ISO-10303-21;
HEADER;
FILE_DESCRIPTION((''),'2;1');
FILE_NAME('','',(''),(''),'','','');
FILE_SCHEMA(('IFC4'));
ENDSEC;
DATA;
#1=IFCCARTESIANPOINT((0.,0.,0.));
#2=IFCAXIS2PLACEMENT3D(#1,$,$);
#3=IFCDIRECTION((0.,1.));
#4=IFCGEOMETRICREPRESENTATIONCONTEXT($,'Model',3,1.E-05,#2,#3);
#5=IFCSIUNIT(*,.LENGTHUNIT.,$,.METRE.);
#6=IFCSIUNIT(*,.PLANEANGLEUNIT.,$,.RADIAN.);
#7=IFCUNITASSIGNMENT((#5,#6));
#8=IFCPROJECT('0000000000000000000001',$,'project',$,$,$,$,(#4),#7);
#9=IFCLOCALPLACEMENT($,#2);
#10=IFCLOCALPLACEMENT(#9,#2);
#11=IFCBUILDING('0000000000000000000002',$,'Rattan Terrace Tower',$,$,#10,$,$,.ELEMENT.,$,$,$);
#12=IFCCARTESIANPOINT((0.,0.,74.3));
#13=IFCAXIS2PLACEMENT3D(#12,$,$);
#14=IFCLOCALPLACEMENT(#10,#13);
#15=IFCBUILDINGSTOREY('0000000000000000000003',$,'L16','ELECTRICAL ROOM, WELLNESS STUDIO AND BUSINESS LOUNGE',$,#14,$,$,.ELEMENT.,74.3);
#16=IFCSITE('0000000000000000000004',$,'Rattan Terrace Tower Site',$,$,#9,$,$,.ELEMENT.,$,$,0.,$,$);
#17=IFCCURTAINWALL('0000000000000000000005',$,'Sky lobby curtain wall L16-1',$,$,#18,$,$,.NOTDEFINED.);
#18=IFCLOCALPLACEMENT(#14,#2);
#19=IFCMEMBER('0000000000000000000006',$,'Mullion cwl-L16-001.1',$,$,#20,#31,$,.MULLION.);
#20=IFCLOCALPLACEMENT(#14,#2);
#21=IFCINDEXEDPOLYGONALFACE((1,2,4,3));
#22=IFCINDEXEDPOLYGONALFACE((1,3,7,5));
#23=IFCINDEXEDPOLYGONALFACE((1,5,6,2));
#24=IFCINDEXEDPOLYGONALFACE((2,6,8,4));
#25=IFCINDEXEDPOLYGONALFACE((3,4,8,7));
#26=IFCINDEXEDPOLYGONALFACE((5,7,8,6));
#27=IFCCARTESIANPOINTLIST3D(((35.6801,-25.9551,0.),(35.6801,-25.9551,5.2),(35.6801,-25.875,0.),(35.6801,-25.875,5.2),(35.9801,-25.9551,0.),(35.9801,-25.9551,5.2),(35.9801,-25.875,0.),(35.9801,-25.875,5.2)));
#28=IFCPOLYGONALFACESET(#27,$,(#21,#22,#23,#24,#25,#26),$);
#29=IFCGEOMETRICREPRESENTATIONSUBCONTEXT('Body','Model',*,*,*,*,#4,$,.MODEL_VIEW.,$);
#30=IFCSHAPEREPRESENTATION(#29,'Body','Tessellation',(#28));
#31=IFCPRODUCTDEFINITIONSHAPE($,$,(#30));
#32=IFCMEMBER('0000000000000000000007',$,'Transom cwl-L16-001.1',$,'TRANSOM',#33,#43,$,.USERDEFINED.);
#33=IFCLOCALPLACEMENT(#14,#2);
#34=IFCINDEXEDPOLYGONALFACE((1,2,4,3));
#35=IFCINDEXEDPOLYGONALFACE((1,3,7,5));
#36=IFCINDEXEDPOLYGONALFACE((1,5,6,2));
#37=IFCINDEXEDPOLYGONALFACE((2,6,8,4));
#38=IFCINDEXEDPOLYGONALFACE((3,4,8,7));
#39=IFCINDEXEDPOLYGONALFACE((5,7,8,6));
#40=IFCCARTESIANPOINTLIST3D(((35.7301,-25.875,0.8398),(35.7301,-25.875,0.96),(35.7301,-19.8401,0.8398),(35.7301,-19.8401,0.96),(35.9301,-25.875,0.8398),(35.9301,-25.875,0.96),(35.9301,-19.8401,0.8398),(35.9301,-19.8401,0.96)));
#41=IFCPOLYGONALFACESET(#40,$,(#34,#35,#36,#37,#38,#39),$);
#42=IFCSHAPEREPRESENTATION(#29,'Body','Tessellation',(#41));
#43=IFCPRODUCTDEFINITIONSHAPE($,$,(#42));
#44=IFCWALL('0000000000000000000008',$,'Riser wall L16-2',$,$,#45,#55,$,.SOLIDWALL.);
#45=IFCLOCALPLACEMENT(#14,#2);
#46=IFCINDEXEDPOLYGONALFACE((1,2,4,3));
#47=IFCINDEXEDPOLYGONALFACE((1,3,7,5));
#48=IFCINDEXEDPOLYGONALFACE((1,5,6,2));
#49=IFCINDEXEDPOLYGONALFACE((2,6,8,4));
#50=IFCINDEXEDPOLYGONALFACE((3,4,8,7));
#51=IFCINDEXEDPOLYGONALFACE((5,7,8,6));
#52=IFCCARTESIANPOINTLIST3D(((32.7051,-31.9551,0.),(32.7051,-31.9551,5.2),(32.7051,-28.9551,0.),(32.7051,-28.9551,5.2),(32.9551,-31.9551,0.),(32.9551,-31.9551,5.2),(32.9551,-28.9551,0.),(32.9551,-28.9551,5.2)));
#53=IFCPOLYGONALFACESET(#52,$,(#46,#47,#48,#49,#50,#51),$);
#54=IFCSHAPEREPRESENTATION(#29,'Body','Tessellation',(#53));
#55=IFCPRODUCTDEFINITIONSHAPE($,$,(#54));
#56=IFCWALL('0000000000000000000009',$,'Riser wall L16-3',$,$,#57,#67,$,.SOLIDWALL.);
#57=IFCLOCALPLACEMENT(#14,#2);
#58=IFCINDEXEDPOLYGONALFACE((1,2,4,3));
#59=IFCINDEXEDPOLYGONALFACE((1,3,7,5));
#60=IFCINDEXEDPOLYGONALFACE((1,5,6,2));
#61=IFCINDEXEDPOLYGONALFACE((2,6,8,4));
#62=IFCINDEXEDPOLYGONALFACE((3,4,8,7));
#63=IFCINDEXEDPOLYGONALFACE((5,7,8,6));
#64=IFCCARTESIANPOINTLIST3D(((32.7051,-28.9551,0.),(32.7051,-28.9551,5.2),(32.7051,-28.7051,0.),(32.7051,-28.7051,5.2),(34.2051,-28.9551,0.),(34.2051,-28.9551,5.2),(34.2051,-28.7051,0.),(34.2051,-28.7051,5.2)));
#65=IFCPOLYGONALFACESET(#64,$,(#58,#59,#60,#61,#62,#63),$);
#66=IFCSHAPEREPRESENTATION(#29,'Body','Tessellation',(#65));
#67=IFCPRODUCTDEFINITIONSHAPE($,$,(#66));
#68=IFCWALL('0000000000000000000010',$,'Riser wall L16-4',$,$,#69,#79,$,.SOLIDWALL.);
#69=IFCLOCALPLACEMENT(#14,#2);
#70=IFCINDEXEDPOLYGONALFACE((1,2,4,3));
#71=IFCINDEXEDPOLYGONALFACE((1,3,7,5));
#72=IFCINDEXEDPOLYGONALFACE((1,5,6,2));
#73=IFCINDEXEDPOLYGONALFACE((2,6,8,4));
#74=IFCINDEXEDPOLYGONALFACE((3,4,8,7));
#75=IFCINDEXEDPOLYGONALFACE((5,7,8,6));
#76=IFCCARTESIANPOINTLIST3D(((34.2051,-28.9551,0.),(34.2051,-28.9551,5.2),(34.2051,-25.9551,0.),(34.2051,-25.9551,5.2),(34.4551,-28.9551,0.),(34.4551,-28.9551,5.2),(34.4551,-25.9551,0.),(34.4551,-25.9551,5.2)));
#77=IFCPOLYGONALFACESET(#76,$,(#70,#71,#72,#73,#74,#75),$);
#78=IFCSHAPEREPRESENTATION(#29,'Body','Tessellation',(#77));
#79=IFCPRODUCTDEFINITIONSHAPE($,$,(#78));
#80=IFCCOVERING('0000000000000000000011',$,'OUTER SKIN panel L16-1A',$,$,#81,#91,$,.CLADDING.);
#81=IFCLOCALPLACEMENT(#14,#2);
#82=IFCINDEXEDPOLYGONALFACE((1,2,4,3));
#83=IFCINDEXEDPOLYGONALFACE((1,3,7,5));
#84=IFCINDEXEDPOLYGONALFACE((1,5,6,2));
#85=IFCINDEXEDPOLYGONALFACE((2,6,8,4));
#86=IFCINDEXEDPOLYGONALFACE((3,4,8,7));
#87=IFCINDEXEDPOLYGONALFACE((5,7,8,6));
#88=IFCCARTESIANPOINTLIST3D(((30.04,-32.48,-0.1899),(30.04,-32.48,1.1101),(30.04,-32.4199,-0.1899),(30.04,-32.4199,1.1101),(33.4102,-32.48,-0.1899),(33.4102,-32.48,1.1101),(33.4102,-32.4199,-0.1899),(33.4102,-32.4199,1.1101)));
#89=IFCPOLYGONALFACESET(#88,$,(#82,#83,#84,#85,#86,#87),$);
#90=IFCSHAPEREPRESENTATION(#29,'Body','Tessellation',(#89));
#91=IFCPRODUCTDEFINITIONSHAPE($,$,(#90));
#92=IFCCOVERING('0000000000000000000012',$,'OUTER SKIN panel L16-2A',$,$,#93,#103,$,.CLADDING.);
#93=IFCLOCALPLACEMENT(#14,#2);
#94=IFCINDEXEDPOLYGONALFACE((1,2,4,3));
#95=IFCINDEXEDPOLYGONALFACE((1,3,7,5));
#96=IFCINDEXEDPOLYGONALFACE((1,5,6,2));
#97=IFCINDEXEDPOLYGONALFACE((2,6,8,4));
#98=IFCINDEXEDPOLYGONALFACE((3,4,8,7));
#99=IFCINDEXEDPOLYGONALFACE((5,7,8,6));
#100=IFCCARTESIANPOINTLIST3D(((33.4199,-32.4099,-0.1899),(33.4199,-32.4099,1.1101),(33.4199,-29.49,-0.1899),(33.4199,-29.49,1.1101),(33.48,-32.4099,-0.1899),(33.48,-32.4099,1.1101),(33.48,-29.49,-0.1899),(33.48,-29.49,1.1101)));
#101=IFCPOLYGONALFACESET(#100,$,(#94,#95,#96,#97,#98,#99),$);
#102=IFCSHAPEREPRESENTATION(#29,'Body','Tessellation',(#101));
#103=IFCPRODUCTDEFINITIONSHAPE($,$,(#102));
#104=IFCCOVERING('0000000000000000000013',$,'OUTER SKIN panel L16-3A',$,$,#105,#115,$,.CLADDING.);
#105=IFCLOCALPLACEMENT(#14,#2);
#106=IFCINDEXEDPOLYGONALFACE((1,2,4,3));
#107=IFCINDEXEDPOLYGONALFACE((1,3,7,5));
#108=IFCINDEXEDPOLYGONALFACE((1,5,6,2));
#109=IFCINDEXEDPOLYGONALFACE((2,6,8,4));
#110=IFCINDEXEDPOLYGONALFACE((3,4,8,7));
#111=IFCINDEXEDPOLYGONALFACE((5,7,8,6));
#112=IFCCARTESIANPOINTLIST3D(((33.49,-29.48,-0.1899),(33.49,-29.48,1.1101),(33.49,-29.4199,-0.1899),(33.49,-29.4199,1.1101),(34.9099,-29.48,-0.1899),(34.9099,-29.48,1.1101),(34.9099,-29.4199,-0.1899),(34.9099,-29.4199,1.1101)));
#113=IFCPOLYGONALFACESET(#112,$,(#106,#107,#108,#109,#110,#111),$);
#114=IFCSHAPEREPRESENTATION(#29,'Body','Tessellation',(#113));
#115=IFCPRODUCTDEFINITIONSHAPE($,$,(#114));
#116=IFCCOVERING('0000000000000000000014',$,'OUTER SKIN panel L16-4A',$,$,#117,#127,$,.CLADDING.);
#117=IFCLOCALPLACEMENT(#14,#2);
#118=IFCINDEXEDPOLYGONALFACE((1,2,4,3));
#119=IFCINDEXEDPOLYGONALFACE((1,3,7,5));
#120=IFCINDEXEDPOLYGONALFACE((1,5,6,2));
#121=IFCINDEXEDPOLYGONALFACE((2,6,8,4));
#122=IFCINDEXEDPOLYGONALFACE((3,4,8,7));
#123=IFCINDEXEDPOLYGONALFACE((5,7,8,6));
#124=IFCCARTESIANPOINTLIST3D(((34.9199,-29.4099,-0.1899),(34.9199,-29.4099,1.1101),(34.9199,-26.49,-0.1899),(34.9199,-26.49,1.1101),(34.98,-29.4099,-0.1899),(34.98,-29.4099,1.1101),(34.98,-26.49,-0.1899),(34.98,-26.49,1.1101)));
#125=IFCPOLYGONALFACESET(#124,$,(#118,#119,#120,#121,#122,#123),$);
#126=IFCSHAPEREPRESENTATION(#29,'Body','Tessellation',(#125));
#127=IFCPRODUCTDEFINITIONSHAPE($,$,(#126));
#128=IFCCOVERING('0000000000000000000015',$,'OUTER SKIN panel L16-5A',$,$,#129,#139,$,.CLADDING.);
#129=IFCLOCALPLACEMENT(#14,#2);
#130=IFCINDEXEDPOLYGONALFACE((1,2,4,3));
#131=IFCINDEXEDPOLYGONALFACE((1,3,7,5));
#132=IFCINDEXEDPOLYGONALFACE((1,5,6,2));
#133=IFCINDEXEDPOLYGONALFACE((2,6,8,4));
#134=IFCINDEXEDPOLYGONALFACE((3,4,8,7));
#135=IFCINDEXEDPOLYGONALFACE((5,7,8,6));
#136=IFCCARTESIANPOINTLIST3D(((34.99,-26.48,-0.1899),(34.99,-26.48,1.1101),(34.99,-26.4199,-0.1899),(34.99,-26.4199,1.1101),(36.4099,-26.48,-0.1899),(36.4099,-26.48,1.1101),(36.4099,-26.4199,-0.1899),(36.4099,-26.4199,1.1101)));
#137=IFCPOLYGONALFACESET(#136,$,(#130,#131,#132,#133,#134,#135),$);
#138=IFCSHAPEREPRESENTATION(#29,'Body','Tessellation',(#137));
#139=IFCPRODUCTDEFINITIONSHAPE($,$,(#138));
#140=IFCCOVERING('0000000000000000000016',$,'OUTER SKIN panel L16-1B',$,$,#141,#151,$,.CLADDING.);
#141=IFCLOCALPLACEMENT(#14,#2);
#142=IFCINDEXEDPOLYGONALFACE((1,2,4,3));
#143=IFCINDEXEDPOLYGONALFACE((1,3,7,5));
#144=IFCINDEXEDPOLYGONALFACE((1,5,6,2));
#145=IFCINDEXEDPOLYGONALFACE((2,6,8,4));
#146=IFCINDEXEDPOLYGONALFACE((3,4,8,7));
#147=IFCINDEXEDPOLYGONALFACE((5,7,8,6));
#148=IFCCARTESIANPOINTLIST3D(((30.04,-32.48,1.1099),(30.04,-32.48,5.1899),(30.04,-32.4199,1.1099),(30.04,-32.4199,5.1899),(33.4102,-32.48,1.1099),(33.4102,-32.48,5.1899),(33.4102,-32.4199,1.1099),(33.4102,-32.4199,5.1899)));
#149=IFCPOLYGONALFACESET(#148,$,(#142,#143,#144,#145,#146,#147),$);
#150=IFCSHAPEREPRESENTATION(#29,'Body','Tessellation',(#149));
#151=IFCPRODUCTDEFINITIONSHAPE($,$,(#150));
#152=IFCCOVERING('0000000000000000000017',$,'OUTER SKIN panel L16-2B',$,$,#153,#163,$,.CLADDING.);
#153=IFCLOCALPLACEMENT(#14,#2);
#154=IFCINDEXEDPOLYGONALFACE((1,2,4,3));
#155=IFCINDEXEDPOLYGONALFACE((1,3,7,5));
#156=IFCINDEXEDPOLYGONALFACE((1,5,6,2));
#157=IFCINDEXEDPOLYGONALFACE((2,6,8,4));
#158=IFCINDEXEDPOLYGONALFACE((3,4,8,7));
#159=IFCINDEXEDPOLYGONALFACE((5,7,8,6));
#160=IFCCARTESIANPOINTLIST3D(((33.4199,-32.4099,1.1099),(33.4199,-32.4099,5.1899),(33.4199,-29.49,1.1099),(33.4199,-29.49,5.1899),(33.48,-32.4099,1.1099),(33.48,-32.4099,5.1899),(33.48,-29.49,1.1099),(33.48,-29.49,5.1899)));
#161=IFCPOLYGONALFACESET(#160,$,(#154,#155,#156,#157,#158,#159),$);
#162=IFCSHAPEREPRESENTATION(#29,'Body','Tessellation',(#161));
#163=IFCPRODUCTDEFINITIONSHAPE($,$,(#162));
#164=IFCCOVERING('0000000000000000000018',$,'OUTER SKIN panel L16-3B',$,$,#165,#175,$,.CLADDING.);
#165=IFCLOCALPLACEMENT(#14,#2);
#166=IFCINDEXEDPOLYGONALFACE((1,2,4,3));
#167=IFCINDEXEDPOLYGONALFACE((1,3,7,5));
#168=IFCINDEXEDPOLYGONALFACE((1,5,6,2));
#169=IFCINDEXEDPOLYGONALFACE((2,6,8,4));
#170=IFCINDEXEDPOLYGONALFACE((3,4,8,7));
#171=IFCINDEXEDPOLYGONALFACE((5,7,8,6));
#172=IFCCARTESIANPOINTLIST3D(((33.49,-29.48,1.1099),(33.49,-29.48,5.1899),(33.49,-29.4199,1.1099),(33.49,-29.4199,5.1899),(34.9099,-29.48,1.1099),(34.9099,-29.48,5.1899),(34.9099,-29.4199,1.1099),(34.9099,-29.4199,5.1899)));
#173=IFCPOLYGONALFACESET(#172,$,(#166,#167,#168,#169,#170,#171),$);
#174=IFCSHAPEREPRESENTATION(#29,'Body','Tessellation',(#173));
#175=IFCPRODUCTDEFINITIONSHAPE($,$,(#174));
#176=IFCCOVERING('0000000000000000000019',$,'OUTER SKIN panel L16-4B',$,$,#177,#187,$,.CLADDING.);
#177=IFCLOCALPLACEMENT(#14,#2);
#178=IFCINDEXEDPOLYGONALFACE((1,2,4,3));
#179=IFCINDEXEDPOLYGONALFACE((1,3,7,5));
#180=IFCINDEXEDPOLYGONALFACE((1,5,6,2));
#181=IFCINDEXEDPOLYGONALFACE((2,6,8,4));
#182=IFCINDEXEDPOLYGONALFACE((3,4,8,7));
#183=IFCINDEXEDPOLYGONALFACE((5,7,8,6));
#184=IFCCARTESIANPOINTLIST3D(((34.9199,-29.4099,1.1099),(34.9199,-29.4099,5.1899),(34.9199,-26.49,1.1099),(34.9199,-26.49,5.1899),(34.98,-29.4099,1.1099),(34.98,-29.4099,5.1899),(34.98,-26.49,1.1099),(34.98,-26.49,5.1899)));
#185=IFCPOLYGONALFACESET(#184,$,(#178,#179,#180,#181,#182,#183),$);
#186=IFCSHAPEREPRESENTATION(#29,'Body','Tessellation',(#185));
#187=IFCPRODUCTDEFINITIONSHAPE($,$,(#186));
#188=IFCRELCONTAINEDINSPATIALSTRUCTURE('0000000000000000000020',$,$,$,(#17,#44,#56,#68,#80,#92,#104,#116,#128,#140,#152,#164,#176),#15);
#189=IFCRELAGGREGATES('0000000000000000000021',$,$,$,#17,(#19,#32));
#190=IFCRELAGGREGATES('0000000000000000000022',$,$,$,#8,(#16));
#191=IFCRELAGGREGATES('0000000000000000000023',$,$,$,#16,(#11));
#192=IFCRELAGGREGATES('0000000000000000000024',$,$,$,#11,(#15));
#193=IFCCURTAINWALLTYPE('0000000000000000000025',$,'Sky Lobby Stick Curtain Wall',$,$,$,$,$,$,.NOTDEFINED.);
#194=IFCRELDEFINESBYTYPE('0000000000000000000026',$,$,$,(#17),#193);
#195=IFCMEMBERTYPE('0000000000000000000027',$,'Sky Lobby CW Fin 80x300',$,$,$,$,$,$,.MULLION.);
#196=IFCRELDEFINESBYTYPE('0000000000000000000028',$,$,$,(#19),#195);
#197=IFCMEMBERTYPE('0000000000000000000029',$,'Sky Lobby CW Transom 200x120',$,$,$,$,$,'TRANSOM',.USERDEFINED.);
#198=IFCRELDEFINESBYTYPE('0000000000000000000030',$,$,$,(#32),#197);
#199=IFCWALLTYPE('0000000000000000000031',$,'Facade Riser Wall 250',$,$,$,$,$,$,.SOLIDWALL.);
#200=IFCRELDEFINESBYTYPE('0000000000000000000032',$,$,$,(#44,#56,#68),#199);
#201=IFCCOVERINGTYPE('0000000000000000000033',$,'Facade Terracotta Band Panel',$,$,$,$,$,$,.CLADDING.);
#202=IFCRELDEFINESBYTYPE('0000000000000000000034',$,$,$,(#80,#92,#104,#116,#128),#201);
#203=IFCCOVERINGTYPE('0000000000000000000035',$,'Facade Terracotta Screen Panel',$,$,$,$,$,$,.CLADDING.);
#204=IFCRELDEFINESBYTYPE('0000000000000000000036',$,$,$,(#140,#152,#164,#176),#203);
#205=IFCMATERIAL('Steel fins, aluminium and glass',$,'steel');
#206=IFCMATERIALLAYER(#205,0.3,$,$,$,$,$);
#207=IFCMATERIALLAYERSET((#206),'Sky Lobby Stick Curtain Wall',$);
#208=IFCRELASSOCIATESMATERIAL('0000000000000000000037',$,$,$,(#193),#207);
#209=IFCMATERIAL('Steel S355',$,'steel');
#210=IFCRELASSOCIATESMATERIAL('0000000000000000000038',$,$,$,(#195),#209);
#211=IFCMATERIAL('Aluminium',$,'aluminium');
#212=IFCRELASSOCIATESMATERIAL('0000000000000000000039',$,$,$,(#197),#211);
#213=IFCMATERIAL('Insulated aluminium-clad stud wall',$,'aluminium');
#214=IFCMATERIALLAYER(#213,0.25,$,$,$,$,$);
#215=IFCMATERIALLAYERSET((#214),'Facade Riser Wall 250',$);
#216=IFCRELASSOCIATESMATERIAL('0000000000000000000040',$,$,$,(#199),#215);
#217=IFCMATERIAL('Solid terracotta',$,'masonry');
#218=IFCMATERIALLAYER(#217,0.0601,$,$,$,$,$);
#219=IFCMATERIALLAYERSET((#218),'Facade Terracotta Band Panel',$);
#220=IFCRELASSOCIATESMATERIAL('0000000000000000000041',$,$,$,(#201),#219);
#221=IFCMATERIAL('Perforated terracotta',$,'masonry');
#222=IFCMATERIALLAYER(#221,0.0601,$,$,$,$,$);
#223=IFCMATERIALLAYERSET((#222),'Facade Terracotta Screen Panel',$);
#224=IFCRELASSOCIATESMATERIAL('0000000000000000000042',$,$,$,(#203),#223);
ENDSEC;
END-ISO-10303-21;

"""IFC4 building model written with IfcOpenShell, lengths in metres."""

from ifc_helpers import new_model, si_unit, direction, frame, frame_2d, origin, origin_2d, place, context, subcontext, project, spatial, rectangle, extrude, material, layer, layer_set, material_profile, profile_set, type_object, element, aggregate, save


model = new_model("IFC4")

# Units and contexts
model_context = context("Model", 3, precision=1e-05, world=origin(), true_north=direction((0.0, 1.0)))
body_context = subcontext(model_context, "Body", "Model", "MODEL_VIEW")
ifc_project = project(units=[si_unit("LENGTHUNIT", "METRE"), si_unit("PLANEANGLEUNIT", "RADIAN")], contexts=[model_context])

# Site, building, storey
site_placement = place(None, origin())
site = spatial("IfcSite", under=ifc_project, at=site_placement, Name="Rattan Terrace Tower Site", CompositionType="ELEMENT", RefElevation=0.0)
building_placement = place(site_placement, origin())
building = spatial("IfcBuilding", under=site, at=building_placement, Name="Rattan Terrace Tower", CompositionType="ELEMENT")
storey_placement = place(building_placement, frame((0.0, 0.0, 74.3)))
storey = spatial("IfcBuildingStorey", under=building, at=storey_placement, Name="L16", Description="ELECTRICAL ROOM, WELLNESS STUDIO AND BUSINESS LOUNGE", CompositionType="ELEMENT", Elevation=74.3)

# Curtain wall, members
ifc_material_1 = material(Name="Steel fins, aluminium and glass", Category="steel")
ifc_layer_1 = layer(ifc_material_1, 0.3)
ifc_layer_set_1 = layer_set([ifc_layer_1], Name="Sky Lobby Stick Curtain Wall")
curtain_wall_type = type_object("IfcCurtainWallType", Name="Sky Lobby Stick Curtain Wall", PredefinedType="NOTDEFINED", material=ifc_layer_set_1)
curtain_wall_placement = place(storey_placement, origin())
curtain_wall = element("IfcCurtainWall", 1, at=curtain_wall_placement, inside=storey, type_object=curtain_wall_type, Name="Sky lobby curtain wall L16-1", PredefinedType="NOTDEFINED")
ifc_material_2 = material(Name="Steel S355", Category="steel")
ifc_material_profile_1 = material_profile(ifc_material_2, rectangle(XDim=0.0801, YDim=0.3, at=origin_2d()), Name="Steel S355 80x300")
ifc_profile_set_1 = profile_set([ifc_material_profile_1], Name="Steel S355")
member_type_1 = type_object("IfcMemberType", Name="Sky Lobby CW Fin 80x300", PredefinedType="MULLION", material=ifc_profile_set_1)
member_1_placement = place(storey_placement, frame((35.8301, -25.915, 0.0), z_axis=(0.0, 0.0, 1.0), x_axis=(0.0, 1.0, 0.0)))
member_1 = element("IfcMember", 2, at=member_1_placement, type_object=member_type_1, Name="Mullion cwl-L16-001.1", PredefinedType="MULLION", context=body_context, shape_type="SweptSolid", body=[
    extrude(rectangle(XDim=0.0801, YDim=0.3, at=origin_2d()), origin(), (0.0, 0.0, 1.0), 5.2),
])
ifc_material_3 = material(Name="Aluminium", Category="aluminium")
ifc_material_profile_2 = material_profile(ifc_material_3, rectangle(XDim=0.2, YDim=0.1201, at=origin_2d()), Name="Aluminium 200x120")
ifc_profile_set_2 = profile_set([ifc_material_profile_2], Name="Aluminium")
member_type_2 = type_object("IfcMemberType", Name="Sky Lobby CW Transom 200x120", ElementType="TRANSOM", PredefinedType="USERDEFINED", material=ifc_profile_set_2)
member_2_placement = place(storey_placement, frame((35.8301, -25.875, 0.8999), z_axis=(0.0, 1.0, 0.0), x_axis=(-1.0, 0.0, 0.0)))
member_2 = element("IfcMember", 3, at=member_2_placement, type_object=member_type_2, Name="Transom cwl-L16-001.1", ObjectType="TRANSOM", PredefinedType="USERDEFINED", context=body_context, shape_type="SweptSolid", body=[
    extrude(rectangle(XDim=0.2, YDim=0.1201, at=origin_2d()), origin(), (0.0, 0.0, 1.0), 6.0349),
])
aggregate(curtain_wall, [member_1, member_2])

# Walls
ifc_material_4 = material(Name="Insulated aluminium-clad stud wall", Category="aluminium")
ifc_layer_2 = layer(ifc_material_4, 0.25)
ifc_layer_set_2 = layer_set([ifc_layer_2], Name="Facade Riser Wall 250")
wall_type = type_object("IfcWallType", Name="Facade Riser Wall 250", PredefinedType="SOLIDWALL", material=ifc_layer_set_2)
wall_1_placement = place(storey_placement, frame((32.8301, -31.9551, 0.0), z_axis=(0.0, 0.0, 1.0), x_axis=(0.0, 1.0, 0.0)))
element("IfcWall", 4, at=wall_1_placement, inside=storey, type_object=wall_type, Name="Riser wall L16-2", PredefinedType="SOLIDWALL", context=body_context, shape_type="SweptSolid", body=[
    extrude(rectangle(XDim=3.0, YDim=0.25, at=frame_2d((1.5, 0.0))), origin(), (0.0, 0.0, 1.0), 5.2),
])
wall_2_placement = place(storey_placement, frame((32.7051, -28.8301, 0.0), z_axis=(0.0, 0.0, 1.0), x_axis=(1.0, 0.0, 0.0)))
element("IfcWall", 5, at=wall_2_placement, inside=storey, type_object=wall_type, Name="Riser wall L16-3", PredefinedType="SOLIDWALL", context=body_context, shape_type="SweptSolid", body=[
    extrude(rectangle(XDim=1.5, YDim=0.25, at=frame_2d((0.75, 0.0))), origin(), (0.0, 0.0, 1.0), 5.2),
])
wall_3_placement = place(storey_placement, frame((34.3301, -28.9551, 0.0), z_axis=(0.0, 0.0, 1.0), x_axis=(0.0, 1.0, 0.0)))
element("IfcWall", 6, at=wall_3_placement, inside=storey, type_object=wall_type, Name="Riser wall L16-4", PredefinedType="SOLIDWALL", context=body_context, shape_type="SweptSolid", body=[
    extrude(rectangle(XDim=3.0, YDim=0.25, at=frame_2d((1.5, 0.0))), origin(), (0.0, 0.0, 1.0), 5.2),
])

# Coverings
ifc_material_5 = material(Name="Solid terracotta", Category="masonry")
ifc_layer_3 = layer(ifc_material_5, 0.0601)
ifc_layer_set_3 = layer_set([ifc_layer_3], Name="Facade Terracotta Band Panel")
covering_type_1 = type_object("IfcCoveringType", Name="Facade Terracotta Band Panel", PredefinedType="CLADDING", material=ifc_layer_set_3)
covering_1_placement = place(storey_placement, frame((31.7251, -32.45, -0.1899), z_axis=(0.0, 0.0, 1.0), x_axis=(1.0, 0.0, 0.0)))
element("IfcCovering", 7, at=covering_1_placement, inside=storey, type_object=covering_type_1, Name="OUTER SKIN panel L16-1A", PredefinedType="CLADDING", context=body_context, shape_type="SweptSolid", body=[
    extrude(rectangle(XDim=3.3701, YDim=0.0601, at=origin_2d()), origin(), (0.0, 0.0, 1.0), 1.3),
])
covering_2_placement = place(storey_placement, frame((33.45, -30.95, -0.1899), z_axis=(0.0, 0.0, 1.0), x_axis=(0.0, 1.0, 0.0)))
element("IfcCovering", 8, at=covering_2_placement, inside=storey, type_object=covering_type_1, Name="OUTER SKIN panel L16-2A", PredefinedType="CLADDING", context=body_context, shape_type="SweptSolid", body=[
    extrude(rectangle(XDim=2.9199, YDim=0.0601, at=origin_2d()), origin(), (0.0, 0.0, 1.0), 1.3),
])
covering_3_placement = place(storey_placement, frame((34.2, -29.45, -0.1899), z_axis=(0.0, 0.0, 1.0), x_axis=(1.0, 0.0, 0.0)))
element("IfcCovering", 9, at=covering_3_placement, inside=storey, type_object=covering_type_1, Name="OUTER SKIN panel L16-3A", PredefinedType="CLADDING", context=body_context, shape_type="SweptSolid", body=[
    extrude(rectangle(XDim=1.4199, YDim=0.0601, at=origin_2d()), origin(), (0.0, 0.0, 1.0), 1.3),
])
covering_4_placement = place(storey_placement, frame((34.95, -27.95, -0.1899), z_axis=(0.0, 0.0, 1.0), x_axis=(0.0, 1.0, 0.0)))
element("IfcCovering", 10, at=covering_4_placement, inside=storey, type_object=covering_type_1, Name="OUTER SKIN panel L16-4A", PredefinedType="CLADDING", context=body_context, shape_type="SweptSolid", body=[
    extrude(rectangle(XDim=2.9199, YDim=0.0601, at=origin_2d()), origin(), (0.0, 0.0, 1.0), 1.3),
])
covering_5_placement = place(storey_placement, frame((35.7, -26.45, -0.1899), z_axis=(0.0, 0.0, 1.0), x_axis=(1.0, 0.0, 0.0)))
element("IfcCovering", 11, at=covering_5_placement, inside=storey, type_object=covering_type_1, Name="OUTER SKIN panel L16-5A", PredefinedType="CLADDING", context=body_context, shape_type="SweptSolid", body=[
    extrude(rectangle(XDim=1.4199, YDim=0.0601, at=origin_2d()), origin(), (0.0, 0.0, 1.0), 1.3),
])
ifc_material_6 = material(Name="Perforated terracotta", Category="masonry")
ifc_layer_4 = layer(ifc_material_6, 0.0601)
ifc_layer_set_4 = layer_set([ifc_layer_4], Name="Facade Terracotta Screen Panel")
covering_type_2 = type_object("IfcCoveringType", Name="Facade Terracotta Screen Panel", PredefinedType="CLADDING", material=ifc_layer_set_4)
covering_6_placement = place(storey_placement, frame((31.7251, -32.45, 1.1099), z_axis=(0.0, 0.0, 1.0), x_axis=(1.0, 0.0, 0.0)))
element("IfcCovering", 12, at=covering_6_placement, inside=storey, type_object=covering_type_2, Name="OUTER SKIN panel L16-1B", PredefinedType="CLADDING", context=body_context, shape_type="SweptSolid", body=[
    extrude(rectangle(XDim=3.3701, YDim=0.0601, at=origin_2d()), origin(), (0.0, 0.0, 1.0), 4.0801),
])
covering_7_placement = place(storey_placement, frame((33.45, -30.95, 1.1099), z_axis=(0.0, 0.0, 1.0), x_axis=(0.0, 1.0, 0.0)))
element("IfcCovering", 13, at=covering_7_placement, inside=storey, type_object=covering_type_2, Name="OUTER SKIN panel L16-2B", PredefinedType="CLADDING", context=body_context, shape_type="SweptSolid", body=[
    extrude(rectangle(XDim=2.9199, YDim=0.0601, at=origin_2d()), origin(), (0.0, 0.0, 1.0), 4.0801),
])
covering_8_placement = place(storey_placement, frame((34.2, -29.45, 1.1099), z_axis=(0.0, 0.0, 1.0), x_axis=(1.0, 0.0, 0.0)))
element("IfcCovering", 14, at=covering_8_placement, inside=storey, type_object=covering_type_2, Name="OUTER SKIN panel L16-3B", PredefinedType="CLADDING", context=body_context, shape_type="SweptSolid", body=[
    extrude(rectangle(XDim=1.4199, YDim=0.0601, at=origin_2d()), origin(), (0.0, 0.0, 1.0), 4.0801),
])
covering_9_placement = place(storey_placement, frame((34.95, -27.95, 1.1099), z_axis=(0.0, 0.0, 1.0), x_axis=(0.0, 1.0, 0.0)))
element("IfcCovering", 15, at=covering_9_placement, inside=storey, type_object=covering_type_2, Name="OUTER SKIN panel L16-4B", PredefinedType="CLADDING", context=body_context, shape_type="SweptSolid", body=[
    extrude(rectangle(XDim=2.9199, YDim=0.0601, at=origin_2d()), origin(), (0.0, 0.0, 1.0), 4.0801),
])

save(model, "model.ifc")
